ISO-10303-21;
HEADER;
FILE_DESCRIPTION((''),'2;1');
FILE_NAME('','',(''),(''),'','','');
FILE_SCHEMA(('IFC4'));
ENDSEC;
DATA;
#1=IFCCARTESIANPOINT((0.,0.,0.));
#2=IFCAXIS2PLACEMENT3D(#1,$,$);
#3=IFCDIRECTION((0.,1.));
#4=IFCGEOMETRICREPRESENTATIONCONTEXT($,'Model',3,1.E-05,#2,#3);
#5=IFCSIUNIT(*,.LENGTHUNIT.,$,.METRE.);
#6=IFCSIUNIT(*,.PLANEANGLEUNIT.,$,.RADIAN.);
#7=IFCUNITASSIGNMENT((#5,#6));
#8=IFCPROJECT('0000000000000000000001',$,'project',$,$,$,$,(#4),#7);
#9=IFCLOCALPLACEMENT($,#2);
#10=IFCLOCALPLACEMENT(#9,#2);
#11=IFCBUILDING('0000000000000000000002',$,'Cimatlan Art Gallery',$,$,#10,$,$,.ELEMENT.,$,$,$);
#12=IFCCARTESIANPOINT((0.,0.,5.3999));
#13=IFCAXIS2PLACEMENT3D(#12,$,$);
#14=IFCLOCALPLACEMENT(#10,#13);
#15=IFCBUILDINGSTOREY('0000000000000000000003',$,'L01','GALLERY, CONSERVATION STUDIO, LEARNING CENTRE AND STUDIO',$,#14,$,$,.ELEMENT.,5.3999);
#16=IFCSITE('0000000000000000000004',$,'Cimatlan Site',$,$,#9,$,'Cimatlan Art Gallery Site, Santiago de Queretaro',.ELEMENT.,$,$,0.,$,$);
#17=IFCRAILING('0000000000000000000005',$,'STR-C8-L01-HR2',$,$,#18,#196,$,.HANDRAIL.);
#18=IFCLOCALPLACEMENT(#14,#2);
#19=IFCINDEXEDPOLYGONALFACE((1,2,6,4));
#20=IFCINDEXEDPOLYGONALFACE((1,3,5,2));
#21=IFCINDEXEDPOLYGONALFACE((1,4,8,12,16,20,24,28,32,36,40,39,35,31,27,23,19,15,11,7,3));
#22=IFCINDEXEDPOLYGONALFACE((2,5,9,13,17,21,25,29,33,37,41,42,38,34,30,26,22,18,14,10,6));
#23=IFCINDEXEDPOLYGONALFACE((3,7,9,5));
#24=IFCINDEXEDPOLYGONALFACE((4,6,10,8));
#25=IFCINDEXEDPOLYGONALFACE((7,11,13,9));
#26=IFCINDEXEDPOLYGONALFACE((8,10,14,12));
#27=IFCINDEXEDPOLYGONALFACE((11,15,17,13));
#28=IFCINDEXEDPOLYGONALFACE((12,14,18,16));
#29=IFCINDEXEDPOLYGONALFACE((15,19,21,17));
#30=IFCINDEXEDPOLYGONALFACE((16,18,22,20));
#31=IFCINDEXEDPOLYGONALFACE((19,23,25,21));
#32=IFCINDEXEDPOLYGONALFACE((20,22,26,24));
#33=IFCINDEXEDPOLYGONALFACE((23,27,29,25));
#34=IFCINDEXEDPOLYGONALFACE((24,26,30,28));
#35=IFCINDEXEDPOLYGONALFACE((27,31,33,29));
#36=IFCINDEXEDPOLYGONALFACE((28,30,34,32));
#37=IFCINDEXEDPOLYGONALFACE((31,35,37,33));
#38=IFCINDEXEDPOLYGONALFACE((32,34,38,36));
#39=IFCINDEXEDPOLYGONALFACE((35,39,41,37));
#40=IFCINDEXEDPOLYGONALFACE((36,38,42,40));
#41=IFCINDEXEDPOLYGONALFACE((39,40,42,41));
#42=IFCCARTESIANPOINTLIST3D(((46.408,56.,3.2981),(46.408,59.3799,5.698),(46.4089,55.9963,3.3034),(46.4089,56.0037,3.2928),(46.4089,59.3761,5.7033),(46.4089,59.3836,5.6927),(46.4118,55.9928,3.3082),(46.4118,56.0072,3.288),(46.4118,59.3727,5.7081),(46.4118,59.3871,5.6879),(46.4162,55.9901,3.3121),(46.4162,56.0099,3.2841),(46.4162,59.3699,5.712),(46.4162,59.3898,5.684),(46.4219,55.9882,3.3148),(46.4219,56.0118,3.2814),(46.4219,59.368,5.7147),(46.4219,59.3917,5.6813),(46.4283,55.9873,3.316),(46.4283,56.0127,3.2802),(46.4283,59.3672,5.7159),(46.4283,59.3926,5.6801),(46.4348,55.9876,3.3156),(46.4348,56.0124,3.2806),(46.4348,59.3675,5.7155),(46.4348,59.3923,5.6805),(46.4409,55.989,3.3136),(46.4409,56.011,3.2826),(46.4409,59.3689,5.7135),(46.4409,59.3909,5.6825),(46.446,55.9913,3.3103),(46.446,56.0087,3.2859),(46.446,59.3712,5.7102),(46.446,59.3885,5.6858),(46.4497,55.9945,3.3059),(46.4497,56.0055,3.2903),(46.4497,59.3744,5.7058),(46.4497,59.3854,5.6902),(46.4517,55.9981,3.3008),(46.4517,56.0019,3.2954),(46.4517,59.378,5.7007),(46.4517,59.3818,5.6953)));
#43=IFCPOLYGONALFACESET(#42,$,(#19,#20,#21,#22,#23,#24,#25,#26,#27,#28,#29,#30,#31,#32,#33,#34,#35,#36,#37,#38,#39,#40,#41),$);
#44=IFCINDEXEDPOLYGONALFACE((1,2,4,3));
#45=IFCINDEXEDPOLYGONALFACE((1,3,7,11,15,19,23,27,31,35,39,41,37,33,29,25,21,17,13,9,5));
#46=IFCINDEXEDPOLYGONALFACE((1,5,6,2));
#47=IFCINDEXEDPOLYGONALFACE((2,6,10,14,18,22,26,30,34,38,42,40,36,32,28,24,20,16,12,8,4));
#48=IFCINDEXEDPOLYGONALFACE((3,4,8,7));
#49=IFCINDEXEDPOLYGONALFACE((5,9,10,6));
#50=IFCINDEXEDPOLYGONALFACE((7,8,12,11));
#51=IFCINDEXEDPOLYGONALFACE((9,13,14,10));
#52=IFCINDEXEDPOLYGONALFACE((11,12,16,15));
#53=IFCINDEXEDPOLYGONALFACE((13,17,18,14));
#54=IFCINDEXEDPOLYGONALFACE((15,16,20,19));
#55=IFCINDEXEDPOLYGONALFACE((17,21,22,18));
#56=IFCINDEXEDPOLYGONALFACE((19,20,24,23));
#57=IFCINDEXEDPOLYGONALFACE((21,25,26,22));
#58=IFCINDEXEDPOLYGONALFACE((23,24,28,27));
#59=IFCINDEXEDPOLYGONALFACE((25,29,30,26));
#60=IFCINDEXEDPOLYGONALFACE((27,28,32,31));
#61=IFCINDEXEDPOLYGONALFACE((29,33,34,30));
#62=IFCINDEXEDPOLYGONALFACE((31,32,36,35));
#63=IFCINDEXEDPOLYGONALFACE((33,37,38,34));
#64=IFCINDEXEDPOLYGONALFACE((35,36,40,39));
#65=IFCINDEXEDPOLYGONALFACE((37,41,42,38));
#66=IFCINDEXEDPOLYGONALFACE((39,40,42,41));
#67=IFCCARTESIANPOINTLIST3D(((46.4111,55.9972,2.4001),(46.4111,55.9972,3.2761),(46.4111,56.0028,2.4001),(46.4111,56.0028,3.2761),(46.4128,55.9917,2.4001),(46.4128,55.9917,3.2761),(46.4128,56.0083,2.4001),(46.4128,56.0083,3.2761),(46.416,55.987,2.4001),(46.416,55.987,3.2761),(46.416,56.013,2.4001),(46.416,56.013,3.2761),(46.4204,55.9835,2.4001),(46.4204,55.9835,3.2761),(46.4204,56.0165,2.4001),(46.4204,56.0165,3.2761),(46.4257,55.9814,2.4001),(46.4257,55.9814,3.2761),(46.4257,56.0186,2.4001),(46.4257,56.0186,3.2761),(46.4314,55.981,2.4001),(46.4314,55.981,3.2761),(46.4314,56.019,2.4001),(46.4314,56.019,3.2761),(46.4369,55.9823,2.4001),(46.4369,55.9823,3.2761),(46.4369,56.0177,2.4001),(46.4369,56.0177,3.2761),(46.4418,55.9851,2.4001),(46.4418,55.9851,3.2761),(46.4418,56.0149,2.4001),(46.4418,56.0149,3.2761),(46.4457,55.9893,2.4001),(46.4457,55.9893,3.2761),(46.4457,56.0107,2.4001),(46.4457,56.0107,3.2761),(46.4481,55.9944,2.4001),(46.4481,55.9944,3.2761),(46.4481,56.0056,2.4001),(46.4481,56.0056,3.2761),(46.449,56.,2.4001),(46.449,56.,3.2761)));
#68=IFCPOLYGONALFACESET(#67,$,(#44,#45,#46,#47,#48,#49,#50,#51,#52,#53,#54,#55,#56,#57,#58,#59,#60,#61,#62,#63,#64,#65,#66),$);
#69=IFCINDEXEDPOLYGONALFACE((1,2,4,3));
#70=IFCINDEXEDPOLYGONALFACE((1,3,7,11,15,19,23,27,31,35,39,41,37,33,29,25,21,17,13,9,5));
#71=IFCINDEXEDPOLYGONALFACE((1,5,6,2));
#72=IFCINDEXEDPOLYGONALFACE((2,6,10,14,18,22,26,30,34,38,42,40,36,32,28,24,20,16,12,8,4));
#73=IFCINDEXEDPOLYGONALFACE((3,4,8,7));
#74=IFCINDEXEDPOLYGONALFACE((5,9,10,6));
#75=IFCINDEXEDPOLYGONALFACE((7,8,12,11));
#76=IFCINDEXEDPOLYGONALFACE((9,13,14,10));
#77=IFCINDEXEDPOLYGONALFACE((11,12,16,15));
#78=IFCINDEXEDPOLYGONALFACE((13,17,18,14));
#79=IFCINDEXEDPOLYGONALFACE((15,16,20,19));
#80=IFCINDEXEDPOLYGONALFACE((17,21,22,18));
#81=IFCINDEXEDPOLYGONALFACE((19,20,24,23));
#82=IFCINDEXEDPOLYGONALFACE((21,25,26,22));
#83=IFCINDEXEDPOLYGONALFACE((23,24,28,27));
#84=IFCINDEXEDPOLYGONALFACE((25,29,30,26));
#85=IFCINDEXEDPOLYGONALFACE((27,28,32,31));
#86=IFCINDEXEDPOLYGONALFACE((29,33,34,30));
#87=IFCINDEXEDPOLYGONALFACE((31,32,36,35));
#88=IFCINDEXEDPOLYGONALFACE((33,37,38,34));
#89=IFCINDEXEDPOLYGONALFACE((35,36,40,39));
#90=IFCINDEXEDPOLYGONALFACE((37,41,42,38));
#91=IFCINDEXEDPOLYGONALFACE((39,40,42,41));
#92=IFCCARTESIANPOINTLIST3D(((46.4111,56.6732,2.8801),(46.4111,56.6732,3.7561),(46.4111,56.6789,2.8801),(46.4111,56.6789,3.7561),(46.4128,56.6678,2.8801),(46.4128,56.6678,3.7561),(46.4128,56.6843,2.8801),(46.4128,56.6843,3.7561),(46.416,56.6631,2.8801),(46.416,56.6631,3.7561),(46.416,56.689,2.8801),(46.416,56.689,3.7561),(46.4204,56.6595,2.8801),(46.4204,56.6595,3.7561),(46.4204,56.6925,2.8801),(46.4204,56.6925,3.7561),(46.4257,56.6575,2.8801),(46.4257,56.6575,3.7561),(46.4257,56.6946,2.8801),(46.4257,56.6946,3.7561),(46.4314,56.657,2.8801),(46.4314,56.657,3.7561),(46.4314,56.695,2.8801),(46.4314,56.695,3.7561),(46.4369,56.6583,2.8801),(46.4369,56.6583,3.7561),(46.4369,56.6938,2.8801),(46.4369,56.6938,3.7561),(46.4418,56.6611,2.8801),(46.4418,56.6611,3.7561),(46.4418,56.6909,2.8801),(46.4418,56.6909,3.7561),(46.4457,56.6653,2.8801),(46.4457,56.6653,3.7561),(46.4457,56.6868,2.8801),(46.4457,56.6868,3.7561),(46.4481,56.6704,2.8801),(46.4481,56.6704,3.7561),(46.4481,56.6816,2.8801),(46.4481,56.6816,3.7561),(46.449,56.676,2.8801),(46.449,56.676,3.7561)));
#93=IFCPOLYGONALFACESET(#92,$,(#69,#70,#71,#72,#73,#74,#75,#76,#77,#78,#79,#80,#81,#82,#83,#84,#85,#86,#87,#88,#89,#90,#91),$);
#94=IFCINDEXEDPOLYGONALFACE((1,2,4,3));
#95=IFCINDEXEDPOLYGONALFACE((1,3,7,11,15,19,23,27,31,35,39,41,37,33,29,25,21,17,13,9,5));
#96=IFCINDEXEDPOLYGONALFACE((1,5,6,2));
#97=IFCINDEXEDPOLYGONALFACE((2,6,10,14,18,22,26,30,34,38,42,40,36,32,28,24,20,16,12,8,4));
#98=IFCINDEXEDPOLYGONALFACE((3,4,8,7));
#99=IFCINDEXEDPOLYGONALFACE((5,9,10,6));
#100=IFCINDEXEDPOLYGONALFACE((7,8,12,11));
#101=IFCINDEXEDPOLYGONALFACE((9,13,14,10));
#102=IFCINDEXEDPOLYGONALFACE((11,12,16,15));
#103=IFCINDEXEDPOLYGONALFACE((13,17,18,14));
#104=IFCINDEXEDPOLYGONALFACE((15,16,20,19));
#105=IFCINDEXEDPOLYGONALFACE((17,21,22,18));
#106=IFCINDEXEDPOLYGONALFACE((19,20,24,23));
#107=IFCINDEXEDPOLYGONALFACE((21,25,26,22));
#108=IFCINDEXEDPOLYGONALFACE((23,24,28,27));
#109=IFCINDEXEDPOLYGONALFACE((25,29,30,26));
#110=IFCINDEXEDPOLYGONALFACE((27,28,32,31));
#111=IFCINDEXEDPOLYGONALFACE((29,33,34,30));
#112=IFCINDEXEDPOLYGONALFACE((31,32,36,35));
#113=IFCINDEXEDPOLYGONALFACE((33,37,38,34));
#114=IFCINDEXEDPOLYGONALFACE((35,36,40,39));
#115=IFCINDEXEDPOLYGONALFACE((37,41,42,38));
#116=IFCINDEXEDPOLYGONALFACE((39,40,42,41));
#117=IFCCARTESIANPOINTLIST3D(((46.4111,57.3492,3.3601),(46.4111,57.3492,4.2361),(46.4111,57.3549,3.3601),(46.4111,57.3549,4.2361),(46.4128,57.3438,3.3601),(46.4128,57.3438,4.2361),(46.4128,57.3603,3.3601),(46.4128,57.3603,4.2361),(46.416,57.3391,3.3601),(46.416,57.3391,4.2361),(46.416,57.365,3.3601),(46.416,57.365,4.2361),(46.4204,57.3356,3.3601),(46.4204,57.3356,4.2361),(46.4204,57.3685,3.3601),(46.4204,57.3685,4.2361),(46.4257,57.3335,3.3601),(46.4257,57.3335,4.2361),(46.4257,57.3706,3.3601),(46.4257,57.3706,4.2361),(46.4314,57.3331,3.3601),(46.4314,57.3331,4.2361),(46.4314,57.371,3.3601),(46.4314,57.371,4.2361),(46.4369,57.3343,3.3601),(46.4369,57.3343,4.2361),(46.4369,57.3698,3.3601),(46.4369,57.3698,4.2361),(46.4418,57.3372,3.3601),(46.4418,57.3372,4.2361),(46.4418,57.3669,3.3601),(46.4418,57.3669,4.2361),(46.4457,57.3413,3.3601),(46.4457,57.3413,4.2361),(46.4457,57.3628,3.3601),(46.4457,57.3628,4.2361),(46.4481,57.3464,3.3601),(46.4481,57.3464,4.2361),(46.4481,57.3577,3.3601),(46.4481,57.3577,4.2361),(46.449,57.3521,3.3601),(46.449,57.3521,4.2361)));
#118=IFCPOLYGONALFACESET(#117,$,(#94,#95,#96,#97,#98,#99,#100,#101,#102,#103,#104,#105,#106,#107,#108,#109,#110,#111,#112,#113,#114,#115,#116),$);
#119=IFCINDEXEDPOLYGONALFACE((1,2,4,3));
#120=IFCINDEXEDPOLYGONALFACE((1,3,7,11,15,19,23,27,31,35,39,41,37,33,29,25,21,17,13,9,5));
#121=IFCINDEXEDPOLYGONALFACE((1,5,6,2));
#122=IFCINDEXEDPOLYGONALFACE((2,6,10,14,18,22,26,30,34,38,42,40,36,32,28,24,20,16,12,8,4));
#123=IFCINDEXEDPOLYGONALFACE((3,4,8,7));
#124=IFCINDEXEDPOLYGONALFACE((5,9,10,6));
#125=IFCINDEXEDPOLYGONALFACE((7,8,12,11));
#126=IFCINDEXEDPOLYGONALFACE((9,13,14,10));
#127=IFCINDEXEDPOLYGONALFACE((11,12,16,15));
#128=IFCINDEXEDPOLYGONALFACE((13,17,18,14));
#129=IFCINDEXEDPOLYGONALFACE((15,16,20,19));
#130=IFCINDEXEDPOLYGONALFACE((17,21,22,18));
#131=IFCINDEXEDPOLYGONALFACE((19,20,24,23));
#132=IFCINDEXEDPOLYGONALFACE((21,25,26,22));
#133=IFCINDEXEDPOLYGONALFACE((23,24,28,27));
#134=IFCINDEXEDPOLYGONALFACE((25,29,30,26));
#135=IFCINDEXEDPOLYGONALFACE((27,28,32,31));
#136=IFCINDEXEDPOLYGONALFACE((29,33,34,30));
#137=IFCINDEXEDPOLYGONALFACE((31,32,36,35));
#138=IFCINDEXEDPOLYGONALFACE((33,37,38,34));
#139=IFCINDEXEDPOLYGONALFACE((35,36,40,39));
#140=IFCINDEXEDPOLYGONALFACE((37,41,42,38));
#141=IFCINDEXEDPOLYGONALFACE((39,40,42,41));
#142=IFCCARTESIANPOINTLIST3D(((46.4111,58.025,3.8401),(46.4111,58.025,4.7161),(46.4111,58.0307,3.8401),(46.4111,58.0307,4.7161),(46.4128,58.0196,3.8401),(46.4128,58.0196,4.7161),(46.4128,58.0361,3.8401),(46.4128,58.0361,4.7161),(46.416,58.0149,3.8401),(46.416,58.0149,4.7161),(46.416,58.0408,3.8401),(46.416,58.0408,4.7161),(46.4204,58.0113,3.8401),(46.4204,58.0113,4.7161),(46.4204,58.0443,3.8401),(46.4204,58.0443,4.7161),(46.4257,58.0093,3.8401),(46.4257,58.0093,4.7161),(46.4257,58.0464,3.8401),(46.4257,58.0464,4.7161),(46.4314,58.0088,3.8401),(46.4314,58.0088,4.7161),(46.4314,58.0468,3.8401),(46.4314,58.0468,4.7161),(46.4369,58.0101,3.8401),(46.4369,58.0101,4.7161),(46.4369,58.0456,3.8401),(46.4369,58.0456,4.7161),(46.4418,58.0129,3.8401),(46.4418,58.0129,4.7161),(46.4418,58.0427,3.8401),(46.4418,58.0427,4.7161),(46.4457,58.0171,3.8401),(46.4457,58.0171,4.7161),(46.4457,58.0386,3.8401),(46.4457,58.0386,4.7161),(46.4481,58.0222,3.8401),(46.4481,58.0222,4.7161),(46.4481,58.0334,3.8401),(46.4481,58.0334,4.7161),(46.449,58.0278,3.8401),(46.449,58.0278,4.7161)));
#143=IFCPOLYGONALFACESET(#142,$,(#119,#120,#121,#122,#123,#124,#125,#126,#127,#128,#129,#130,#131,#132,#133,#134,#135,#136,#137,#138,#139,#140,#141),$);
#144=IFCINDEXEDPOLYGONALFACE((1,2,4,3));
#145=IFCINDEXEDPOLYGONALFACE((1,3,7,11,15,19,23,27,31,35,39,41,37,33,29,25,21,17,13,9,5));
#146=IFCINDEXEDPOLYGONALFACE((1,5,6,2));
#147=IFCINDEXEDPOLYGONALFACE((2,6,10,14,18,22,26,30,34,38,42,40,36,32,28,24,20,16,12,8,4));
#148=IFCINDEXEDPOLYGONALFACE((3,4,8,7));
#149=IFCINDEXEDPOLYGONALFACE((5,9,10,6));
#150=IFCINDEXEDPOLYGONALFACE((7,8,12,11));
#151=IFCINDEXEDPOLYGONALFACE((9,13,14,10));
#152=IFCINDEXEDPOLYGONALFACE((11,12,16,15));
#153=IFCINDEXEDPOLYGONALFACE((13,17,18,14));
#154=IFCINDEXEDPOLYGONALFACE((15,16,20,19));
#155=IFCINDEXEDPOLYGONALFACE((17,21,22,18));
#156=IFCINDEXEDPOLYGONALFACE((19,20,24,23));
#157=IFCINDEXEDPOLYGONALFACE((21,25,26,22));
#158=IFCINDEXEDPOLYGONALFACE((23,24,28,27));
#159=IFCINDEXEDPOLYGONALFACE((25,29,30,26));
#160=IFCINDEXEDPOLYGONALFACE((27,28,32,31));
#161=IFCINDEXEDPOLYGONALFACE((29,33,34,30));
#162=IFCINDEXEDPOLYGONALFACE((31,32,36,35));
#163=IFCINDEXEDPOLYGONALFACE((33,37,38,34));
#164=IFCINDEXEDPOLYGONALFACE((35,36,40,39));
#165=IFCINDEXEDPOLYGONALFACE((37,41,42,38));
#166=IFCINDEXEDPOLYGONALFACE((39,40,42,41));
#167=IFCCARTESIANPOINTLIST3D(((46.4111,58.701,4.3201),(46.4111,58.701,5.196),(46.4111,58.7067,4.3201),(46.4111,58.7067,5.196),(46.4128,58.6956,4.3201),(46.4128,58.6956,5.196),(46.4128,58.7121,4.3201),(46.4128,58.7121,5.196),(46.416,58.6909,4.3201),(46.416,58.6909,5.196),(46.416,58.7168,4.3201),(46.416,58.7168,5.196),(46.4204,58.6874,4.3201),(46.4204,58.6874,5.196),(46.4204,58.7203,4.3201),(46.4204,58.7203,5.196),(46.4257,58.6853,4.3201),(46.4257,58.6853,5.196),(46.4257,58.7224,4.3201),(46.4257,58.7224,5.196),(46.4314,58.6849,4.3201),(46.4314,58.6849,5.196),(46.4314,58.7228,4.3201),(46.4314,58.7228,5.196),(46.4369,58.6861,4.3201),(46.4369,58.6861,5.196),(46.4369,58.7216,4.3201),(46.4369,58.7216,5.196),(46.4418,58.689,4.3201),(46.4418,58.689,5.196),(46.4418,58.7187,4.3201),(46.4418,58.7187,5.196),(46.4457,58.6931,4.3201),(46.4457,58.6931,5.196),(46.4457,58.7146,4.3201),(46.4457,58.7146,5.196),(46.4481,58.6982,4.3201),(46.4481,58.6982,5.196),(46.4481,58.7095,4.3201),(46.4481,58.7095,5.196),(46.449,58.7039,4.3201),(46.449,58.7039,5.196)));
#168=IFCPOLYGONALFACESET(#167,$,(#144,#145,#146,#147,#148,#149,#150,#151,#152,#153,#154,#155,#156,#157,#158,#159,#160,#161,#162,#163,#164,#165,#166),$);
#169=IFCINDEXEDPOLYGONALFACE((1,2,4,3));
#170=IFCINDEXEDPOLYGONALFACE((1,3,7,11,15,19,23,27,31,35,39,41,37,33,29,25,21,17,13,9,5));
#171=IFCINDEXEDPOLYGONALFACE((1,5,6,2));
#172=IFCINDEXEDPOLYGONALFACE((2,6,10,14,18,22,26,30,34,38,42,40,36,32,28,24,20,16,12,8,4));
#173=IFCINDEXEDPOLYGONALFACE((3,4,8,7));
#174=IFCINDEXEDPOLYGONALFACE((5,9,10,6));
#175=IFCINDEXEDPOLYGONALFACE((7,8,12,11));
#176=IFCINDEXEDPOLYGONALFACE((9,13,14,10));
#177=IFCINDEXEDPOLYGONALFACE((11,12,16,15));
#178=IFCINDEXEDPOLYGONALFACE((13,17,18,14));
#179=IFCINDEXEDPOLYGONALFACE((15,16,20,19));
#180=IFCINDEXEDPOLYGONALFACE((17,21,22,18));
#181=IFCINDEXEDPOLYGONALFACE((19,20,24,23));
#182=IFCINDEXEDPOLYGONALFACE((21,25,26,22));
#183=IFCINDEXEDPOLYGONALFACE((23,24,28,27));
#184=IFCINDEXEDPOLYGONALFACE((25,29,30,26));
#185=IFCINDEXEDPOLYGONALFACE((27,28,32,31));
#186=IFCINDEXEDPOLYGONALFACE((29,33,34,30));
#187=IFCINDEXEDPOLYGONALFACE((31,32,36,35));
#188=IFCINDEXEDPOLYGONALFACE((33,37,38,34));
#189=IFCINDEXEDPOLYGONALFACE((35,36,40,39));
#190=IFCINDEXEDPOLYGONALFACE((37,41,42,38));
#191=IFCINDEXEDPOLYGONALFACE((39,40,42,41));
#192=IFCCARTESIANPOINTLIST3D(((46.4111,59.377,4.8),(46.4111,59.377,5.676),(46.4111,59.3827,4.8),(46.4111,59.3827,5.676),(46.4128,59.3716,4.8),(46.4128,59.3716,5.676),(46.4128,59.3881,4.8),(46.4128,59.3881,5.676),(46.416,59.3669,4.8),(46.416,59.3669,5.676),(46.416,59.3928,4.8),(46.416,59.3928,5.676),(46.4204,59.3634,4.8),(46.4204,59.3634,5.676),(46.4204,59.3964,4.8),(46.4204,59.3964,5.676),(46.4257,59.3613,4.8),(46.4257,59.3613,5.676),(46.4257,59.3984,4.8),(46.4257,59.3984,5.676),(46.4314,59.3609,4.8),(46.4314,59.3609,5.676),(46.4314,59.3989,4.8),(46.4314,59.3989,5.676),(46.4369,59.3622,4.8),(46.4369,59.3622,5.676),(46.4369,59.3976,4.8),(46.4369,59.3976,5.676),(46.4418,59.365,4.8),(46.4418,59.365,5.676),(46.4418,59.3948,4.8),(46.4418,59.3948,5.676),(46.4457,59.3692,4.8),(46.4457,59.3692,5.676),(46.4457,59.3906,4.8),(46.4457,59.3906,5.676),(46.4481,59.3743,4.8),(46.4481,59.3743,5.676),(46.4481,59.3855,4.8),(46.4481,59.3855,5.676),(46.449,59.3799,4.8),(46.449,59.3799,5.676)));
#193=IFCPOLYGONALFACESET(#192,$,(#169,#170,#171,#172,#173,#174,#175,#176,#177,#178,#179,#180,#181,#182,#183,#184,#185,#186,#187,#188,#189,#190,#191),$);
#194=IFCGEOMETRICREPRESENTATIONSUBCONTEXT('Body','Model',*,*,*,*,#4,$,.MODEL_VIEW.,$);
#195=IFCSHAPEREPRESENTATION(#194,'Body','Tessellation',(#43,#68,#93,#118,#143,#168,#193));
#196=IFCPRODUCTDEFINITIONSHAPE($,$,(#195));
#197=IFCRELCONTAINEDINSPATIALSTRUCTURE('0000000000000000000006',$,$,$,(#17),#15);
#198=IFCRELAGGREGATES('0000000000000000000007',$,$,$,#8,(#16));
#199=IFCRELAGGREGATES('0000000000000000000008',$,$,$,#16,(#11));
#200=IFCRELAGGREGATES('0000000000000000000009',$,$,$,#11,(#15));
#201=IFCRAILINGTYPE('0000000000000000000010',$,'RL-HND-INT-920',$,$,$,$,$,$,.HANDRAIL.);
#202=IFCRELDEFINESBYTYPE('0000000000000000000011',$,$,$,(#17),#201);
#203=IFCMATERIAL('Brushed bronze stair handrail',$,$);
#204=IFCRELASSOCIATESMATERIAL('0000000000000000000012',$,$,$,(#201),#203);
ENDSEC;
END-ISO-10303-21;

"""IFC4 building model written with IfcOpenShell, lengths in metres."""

from ifc_helpers import new_model, si_unit, direction, frame, origin, origin_2d, place, context, subcontext, project, spatial, circle, extrude, material, type_object, element, save


model = new_model("IFC4")

# Units and contexts
model_context = context("Model", 3, precision=1e-05, world=origin(), true_north=direction((0.0, 1.0)))
body_context = subcontext(model_context, "Body", "Model", "MODEL_VIEW")
ifc_project = project(units=[si_unit("LENGTHUNIT", "METRE"), si_unit("PLANEANGLEUNIT", "RADIAN")], contexts=[model_context])

# Site, building, storey
site_placement = place(None, origin())
site = spatial("IfcSite", under=ifc_project, at=site_placement, Name="Cimatlan Site", LongName="Cimatlan Art Gallery Site, Santiago de Queretaro", CompositionType="ELEMENT", RefElevation=0.0)
building_placement = place(site_placement, origin())
building = spatial("IfcBuilding", under=site, at=building_placement, Name="Cimatlan Art Gallery", CompositionType="ELEMENT")
storey_placement = place(building_placement, frame((0.0, 0.0, 5.3999)))
storey = spatial("IfcBuildingStorey", under=building, at=storey_placement, Name="L01", Description="GALLERY, CONSERVATION STUDIO, LEARNING CENTRE AND STUDIO", CompositionType="ELEMENT", Elevation=5.3999)

# Railing
ifc_material_1 = material(Name="Brushed bronze stair handrail")
railing_type_1 = type_object("IfcRailingType", Name="RL-HND-INT-920", PredefinedType="HANDRAIL", material=ifc_material_1)
railing_1_placement = place(storey_placement, frame((46.4299, 56.0, 2.4001)))
element("IfcRailing", 1, at=railing_1_placement, inside=storey, type_object=railing_type_1, Name="STR-C8-L01-HR2", PredefinedType="HANDRAIL", context=body_context, shape_type="SweptSolid", body=[
    extrude(circle(Radius=0.022, at=origin_2d()), frame((0.0, 0.0, 0.8979), z_axis=(0.0, 0.815362, 0.578952), x_axis=(-1.0, 0.0, 0.0)), (0.0, 0.0, 1.0), 4.1453),
    extrude(circle(Radius=0.019, at=origin_2d()), origin(), (0.0, 0.0, 1.0), 0.876),
    extrude(circle(Radius=0.019, at=origin_2d()), frame((0.0, 0.676, 0.48)), (0.0, 0.0, 1.0), 0.876),
    extrude(circle(Radius=0.019, at=origin_2d()), frame((0.0, 1.3521, 0.96)), (0.0, 0.0, 1.0), 0.876),
    extrude(circle(Radius=0.019, at=origin_2d()), frame((0.0, 2.0278, 1.4399)), (0.0, 0.0, 1.0), 0.876),
    extrude(circle(Radius=0.019, at=origin_2d()), frame((0.0, 2.7039, 1.9199)), (0.0, 0.0, 1.0), 0.876),
    extrude(circle(Radius=0.019, at=origin_2d()), frame((0.0, 3.3799, 2.3999)), (0.0, 0.0, 1.0), 0.876),
])

save(model, "model.ifc")
